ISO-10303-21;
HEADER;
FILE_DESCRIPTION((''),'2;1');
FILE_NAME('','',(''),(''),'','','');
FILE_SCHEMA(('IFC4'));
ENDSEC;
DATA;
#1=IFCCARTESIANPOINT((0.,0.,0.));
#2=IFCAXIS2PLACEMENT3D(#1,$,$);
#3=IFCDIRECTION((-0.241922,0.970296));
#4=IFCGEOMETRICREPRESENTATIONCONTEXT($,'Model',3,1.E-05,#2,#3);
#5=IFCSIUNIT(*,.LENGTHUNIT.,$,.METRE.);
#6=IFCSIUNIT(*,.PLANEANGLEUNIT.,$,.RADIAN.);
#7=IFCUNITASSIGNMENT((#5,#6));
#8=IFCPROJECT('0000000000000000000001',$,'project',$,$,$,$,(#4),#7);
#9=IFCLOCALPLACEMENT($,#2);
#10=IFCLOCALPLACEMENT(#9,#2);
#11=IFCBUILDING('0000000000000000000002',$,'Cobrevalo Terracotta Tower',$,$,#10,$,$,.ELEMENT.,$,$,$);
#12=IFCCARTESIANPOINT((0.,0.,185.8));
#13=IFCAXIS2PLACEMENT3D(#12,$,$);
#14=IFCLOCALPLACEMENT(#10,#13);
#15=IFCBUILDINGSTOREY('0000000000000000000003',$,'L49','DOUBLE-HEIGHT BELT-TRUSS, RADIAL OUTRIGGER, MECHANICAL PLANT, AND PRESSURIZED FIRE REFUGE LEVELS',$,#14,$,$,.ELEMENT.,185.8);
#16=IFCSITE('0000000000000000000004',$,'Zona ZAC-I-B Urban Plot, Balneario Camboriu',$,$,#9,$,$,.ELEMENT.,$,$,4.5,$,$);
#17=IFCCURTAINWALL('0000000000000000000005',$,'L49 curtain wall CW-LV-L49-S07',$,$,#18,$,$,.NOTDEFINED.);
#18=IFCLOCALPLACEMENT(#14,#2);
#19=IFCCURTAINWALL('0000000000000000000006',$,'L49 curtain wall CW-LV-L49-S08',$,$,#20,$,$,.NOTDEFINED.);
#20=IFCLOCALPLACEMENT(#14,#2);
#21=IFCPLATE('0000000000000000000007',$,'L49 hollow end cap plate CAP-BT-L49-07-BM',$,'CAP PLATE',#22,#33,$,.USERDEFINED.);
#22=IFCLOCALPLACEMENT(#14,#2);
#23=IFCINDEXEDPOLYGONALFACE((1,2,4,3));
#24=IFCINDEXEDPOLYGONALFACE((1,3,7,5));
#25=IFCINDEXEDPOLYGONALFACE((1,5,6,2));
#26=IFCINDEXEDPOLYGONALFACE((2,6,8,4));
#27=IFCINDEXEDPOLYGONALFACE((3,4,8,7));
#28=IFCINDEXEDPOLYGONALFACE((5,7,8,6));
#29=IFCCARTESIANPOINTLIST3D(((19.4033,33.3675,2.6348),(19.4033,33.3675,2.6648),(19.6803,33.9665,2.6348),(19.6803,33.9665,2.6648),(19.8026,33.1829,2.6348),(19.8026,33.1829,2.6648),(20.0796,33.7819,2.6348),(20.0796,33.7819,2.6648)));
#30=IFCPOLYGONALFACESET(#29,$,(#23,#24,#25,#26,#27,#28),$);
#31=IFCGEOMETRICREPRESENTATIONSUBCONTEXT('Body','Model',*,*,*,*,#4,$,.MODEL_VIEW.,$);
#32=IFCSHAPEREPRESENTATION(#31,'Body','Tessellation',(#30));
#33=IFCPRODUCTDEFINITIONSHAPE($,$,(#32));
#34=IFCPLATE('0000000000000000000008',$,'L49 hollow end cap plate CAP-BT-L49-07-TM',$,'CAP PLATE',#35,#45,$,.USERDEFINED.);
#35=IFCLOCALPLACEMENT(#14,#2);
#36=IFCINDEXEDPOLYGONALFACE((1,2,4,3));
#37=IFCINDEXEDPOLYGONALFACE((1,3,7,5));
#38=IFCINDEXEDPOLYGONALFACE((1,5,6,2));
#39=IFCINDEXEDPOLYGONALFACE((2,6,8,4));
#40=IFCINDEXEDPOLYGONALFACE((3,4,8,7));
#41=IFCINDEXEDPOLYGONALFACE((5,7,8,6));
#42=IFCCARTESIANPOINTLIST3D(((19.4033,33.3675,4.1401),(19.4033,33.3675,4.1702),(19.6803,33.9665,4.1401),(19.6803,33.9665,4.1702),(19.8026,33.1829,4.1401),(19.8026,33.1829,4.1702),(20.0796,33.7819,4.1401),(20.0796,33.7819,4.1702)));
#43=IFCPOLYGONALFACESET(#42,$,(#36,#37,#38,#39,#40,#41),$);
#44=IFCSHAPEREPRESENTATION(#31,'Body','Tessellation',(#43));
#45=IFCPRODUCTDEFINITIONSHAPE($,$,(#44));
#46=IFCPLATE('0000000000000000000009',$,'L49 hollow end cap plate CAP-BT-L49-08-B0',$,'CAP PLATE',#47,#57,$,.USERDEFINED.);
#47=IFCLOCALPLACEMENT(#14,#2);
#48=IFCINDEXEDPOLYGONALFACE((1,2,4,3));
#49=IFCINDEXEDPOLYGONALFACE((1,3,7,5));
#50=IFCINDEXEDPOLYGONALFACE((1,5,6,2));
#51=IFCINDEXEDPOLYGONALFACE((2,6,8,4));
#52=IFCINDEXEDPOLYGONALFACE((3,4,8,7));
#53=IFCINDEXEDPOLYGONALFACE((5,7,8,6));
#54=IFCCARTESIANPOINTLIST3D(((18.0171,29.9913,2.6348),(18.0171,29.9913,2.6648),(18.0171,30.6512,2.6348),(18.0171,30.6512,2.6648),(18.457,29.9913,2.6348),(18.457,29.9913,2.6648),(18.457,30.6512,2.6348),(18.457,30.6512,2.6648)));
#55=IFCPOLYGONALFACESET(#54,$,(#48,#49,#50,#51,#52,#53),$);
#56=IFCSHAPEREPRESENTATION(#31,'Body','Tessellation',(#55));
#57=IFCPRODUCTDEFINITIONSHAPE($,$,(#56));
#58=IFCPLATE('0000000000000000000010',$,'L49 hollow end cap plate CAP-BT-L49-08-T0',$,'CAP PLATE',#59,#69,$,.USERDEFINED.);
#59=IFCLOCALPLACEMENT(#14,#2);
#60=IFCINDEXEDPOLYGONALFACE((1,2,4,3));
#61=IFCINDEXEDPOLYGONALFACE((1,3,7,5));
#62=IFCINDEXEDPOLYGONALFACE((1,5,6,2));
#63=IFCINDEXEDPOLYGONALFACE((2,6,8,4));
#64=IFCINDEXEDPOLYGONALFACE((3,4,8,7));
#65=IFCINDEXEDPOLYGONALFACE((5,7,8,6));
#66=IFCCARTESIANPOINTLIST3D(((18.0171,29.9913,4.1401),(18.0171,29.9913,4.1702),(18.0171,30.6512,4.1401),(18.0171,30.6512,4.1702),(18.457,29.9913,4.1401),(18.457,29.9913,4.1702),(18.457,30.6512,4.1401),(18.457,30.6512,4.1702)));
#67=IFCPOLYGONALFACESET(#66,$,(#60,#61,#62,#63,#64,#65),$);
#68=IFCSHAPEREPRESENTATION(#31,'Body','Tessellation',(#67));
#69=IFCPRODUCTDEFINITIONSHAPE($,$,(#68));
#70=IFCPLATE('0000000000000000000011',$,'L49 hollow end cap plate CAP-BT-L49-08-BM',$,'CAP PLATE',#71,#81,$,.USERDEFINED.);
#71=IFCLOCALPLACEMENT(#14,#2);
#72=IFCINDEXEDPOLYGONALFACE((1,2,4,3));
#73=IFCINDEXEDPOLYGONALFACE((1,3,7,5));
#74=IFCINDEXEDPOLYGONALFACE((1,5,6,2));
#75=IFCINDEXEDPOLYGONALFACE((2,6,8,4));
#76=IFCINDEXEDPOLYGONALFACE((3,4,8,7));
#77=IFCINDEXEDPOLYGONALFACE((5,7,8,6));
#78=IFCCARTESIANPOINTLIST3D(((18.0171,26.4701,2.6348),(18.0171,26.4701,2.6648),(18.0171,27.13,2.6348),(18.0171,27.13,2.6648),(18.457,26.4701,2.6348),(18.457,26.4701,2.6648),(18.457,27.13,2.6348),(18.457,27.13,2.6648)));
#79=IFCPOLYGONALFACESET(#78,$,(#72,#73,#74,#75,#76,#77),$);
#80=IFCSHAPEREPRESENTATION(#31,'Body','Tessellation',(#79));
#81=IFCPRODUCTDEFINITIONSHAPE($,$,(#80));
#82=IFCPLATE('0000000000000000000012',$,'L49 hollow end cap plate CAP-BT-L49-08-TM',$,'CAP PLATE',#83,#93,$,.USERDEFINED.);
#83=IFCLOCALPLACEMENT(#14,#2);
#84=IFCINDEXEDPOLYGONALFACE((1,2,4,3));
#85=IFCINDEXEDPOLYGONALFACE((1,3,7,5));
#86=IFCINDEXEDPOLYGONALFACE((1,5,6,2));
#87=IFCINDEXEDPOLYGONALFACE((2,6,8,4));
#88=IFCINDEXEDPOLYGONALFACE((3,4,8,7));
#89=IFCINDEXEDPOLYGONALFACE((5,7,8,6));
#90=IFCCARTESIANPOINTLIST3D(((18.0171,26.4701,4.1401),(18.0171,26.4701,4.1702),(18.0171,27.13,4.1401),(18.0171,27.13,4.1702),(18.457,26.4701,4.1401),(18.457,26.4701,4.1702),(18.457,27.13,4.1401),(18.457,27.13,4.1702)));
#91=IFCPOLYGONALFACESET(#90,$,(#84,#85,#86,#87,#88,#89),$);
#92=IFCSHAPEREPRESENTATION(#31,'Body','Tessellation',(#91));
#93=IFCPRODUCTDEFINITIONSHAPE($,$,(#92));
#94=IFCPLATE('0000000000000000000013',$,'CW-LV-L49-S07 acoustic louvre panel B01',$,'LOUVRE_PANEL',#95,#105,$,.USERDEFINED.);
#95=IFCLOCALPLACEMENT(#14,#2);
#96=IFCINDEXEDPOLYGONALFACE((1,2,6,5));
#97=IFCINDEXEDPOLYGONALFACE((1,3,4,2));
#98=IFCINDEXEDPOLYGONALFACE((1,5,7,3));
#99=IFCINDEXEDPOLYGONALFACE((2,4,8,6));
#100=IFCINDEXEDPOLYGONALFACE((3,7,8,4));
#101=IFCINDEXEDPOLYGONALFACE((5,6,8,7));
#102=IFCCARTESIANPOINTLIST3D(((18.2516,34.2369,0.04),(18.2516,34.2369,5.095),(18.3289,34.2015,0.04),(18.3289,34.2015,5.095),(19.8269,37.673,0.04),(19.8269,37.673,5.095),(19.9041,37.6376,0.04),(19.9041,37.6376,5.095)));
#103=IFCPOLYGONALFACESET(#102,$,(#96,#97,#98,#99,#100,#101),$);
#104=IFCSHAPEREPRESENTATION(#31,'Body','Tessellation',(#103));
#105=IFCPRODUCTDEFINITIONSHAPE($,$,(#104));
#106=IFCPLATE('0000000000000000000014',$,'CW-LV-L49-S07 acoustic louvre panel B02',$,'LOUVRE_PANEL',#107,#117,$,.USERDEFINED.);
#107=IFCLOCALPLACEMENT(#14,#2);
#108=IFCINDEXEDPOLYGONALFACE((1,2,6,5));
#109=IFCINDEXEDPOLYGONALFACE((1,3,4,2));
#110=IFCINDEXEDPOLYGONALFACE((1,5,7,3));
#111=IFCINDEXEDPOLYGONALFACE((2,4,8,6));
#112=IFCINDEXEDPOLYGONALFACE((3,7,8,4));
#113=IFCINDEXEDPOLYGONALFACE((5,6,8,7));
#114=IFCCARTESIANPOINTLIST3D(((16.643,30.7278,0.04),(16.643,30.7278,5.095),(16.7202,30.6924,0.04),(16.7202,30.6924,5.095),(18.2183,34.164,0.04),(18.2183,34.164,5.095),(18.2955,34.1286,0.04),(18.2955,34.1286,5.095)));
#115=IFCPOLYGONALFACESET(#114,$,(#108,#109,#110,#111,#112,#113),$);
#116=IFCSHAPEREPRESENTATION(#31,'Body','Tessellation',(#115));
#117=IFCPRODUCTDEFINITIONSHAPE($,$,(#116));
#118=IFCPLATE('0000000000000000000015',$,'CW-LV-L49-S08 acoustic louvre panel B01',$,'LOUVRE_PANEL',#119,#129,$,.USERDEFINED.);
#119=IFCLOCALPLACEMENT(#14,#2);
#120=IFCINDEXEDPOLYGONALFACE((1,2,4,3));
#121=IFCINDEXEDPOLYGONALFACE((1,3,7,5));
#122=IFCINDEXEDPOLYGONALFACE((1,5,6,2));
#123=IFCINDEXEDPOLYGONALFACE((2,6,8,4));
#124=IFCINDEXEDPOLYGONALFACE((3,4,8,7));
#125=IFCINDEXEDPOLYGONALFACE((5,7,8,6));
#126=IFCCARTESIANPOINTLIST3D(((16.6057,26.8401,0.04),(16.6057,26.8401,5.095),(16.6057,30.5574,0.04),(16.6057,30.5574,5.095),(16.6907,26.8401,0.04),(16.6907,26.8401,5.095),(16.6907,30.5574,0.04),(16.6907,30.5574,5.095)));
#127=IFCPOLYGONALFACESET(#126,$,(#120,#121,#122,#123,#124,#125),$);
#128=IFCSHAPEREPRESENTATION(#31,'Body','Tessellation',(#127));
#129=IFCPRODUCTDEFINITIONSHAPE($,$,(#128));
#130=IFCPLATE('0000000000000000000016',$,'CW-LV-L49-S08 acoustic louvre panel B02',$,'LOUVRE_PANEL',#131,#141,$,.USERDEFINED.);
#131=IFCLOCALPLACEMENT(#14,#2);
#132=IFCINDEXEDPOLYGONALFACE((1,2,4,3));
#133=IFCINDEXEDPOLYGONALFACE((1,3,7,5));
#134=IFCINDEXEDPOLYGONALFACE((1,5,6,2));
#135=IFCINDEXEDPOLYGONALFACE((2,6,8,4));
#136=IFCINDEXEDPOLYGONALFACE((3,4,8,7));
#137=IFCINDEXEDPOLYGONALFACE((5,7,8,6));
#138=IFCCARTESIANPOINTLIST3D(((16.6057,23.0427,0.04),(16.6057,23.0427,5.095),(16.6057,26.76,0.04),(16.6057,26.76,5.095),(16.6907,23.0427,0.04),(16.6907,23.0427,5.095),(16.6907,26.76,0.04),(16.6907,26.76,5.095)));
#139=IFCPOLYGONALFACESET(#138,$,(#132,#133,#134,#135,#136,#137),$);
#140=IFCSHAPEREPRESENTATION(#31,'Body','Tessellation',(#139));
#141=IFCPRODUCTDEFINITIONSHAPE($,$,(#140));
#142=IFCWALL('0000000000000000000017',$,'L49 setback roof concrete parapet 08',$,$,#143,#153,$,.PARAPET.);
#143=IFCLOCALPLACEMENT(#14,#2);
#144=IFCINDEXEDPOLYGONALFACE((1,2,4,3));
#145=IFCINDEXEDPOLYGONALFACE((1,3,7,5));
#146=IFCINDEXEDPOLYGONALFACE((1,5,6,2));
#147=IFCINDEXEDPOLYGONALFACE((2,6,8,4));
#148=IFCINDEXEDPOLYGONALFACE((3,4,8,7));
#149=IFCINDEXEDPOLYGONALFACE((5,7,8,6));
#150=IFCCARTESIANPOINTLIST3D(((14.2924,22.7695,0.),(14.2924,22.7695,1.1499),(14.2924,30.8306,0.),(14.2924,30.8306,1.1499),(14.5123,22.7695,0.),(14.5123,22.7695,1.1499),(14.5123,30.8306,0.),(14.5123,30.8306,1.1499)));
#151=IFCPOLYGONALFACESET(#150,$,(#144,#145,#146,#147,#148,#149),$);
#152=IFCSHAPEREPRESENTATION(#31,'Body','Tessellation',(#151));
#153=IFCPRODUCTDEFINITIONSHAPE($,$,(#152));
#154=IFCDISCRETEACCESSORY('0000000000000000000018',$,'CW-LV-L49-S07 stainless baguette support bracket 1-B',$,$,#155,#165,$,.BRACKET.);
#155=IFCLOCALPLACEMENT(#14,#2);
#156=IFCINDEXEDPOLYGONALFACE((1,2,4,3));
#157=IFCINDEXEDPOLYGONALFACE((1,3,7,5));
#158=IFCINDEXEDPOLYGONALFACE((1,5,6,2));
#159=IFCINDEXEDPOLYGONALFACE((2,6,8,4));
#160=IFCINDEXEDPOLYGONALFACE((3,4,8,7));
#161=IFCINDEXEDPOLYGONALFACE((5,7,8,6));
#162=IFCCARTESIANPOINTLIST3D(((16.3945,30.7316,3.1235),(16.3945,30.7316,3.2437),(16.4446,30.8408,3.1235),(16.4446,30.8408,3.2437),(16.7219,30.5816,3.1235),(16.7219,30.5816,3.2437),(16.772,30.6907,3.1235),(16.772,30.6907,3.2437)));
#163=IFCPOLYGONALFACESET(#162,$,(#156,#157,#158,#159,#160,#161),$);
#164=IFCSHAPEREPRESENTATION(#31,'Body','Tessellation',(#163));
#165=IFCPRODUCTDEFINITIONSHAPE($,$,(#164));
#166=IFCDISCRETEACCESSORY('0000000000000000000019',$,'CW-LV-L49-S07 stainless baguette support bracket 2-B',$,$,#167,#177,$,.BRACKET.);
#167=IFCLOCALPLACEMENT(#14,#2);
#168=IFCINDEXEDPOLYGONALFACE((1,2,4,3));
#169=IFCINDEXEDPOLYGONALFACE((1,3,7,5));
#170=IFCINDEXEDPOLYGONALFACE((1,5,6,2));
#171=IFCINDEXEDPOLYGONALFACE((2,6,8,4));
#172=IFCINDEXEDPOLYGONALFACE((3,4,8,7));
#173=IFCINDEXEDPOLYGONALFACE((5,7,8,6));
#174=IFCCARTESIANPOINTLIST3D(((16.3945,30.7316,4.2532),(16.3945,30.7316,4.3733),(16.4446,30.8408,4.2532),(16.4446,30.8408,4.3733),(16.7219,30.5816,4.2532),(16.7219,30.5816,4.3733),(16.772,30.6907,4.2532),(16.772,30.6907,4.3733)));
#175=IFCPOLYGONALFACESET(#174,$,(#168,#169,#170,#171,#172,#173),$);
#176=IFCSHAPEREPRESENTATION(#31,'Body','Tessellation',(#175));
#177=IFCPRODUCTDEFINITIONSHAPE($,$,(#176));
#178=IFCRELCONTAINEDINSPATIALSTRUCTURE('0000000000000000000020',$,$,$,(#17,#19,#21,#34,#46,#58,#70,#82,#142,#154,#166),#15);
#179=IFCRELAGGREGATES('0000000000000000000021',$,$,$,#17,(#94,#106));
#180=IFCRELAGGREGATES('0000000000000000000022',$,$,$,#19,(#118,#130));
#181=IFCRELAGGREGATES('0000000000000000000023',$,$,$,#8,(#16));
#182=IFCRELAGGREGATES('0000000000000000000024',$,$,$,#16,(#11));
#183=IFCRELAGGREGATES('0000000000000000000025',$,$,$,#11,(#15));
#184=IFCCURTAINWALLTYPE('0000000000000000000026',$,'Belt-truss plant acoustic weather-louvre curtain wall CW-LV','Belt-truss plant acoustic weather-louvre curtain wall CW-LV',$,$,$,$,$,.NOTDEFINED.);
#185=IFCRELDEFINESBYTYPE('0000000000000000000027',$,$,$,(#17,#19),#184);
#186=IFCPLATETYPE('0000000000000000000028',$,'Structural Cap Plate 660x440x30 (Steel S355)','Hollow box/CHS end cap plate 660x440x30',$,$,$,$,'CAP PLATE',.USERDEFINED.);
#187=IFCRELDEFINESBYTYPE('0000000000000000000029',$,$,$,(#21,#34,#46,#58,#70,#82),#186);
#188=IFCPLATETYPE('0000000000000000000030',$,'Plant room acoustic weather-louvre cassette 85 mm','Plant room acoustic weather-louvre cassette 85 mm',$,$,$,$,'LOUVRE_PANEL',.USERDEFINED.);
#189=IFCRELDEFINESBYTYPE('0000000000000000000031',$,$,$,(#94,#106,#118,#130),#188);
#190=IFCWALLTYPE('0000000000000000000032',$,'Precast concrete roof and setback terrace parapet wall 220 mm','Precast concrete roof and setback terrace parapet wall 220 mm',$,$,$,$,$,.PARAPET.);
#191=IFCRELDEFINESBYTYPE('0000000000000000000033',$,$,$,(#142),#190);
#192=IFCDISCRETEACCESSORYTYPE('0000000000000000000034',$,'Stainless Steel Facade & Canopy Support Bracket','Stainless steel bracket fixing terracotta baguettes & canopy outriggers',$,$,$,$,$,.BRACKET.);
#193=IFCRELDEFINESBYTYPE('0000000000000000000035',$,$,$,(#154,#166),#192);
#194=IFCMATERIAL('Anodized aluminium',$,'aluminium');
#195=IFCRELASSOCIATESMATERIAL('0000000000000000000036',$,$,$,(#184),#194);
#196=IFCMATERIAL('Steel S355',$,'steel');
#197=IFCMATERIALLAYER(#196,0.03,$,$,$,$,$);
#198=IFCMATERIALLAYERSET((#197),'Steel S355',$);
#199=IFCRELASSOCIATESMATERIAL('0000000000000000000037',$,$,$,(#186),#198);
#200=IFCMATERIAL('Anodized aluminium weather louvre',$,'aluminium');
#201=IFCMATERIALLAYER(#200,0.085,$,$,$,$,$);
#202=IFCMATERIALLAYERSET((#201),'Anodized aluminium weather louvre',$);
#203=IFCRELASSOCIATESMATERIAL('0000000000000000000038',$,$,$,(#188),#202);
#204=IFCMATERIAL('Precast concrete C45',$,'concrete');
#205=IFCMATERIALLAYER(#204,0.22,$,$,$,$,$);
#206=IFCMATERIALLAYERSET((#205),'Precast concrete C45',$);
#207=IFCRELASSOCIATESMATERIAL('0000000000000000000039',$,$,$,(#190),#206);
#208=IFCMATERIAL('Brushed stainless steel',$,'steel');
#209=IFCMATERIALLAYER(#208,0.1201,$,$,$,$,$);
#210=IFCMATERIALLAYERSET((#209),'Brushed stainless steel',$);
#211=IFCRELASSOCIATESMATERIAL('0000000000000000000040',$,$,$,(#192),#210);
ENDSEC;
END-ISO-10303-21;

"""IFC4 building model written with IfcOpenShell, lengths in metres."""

from ifc_helpers import new_model, si_unit, direction, frame, frame_2d, origin, origin_2d, place, context, subcontext, project, spatial, rectangle, extrude, source, transform, mapped, material, layer, layer_set, type_object, element, aggregate, save


model = new_model("IFC4")

# Units and contexts
model_context = context("Model", 3, precision=1e-05, world=origin(), true_north=direction((-0.241922, 0.970296)))
body_context = subcontext(model_context, "Body", "Model", "MODEL_VIEW")
ifc_project = project(units=[si_unit("LENGTHUNIT", "METRE"), si_unit("PLANEANGLEUNIT", "RADIAN")], contexts=[model_context])

# Site, building, storey
site_placement = place(None, origin())
site = spatial("IfcSite", under=ifc_project, at=site_placement, Name="Zona ZAC-I-B Urban Plot, Balneario Camboriu", CompositionType="ELEMENT", RefElevation=4.5)
building_placement = place(site_placement, origin())
building = spatial("IfcBuilding", under=site, at=building_placement, Name="Cobrevalo Terracotta Tower", CompositionType="ELEMENT")
storey_placement = place(building_placement, frame((0.0, 0.0, 185.8)))
storey = spatial("IfcBuildingStorey", under=building, at=storey_placement, Name="L49", Description="DOUBLE-HEIGHT BELT-TRUSS, RADIAL OUTRIGGER, MECHANICAL PLANT, AND PRESSURIZED FIRE REFUGE LEVELS", CompositionType="ELEMENT", Elevation=185.8)

# Shared definitions
ifc_material_1 = material(Name="Steel S355", Category="steel")

# Curtain walls
ifc_material_2 = material(Name="Anodized aluminium", Category="aluminium")
curtain_wall_type = type_object("IfcCurtainWallType", Name="Belt-truss plant acoustic weather-louvre curtain wall CW-LV", Description="Belt-truss plant acoustic weather-louvre curtain wall CW-LV", PredefinedType="NOTDEFINED", material=ifc_material_2)
curtain_wall_1_placement = place(storey_placement, origin())
curtain_wall_1 = element("IfcCurtainWall", 1, at=curtain_wall_1_placement, inside=storey, type_object=curtain_wall_type, Name="L49 curtain wall CW-LV-L49-S07", PredefinedType="NOTDEFINED")
curtain_wall_2_placement = place(storey_placement, origin())
curtain_wall_2 = element("IfcCurtainWall", 2, at=curtain_wall_2_placement, inside=storey, type_object=curtain_wall_type, Name="L49 curtain wall CW-LV-L49-S08", PredefinedType="NOTDEFINED")

# Plates
ifc_layer_1 = layer(ifc_material_1, 0.03)
ifc_layer_set_1 = layer_set([ifc_layer_1], Name="Steel S355")
plate_type_1 = type_object("IfcPlateType", Name="Structural Cap Plate 660x440x30 (Steel S355)", Description="Hollow box/CHS end cap plate 660x440x30", ElementType="CAP PLATE", PredefinedType="USERDEFINED", material=ifc_layer_set_1)
shared_shape_1 = source(origin(), body_context, "Body", "SweptSolid", [
    extrude(rectangle(XDim=0.6599, YDim=0.4399, at=origin_2d()), origin(), (0.0, 0.0, 1.0), 0.03),
])
for number, where, z_axis, x_axis, name in (
    (3, (19.7415, 33.5747, 2.6348), (0.0, 0.0, 1.0), (-0.419706, -0.90766, 0.0), "L49 hollow end cap plate CAP-BT-L49-07-BM"),
    (4, (19.7415, 33.5747, 4.1401), (0.0, 0.0, 1.0), (-0.419706, -0.90766, 0.0), "L49 hollow end cap plate CAP-BT-L49-07-TM"),
    (5, (18.2371, 30.3213, 2.6348), (0.0, 0.0, 1.0), (0.0, -1.0, 0.0), "L49 hollow end cap plate CAP-BT-L49-08-B0"),
    (6, (18.2371, 30.3213, 4.1401), (0.0, 0.0, 1.0), (0.0, -1.0, 0.0), "L49 hollow end cap plate CAP-BT-L49-08-T0"),
    (7, (18.2371, 26.8, 2.6348), (0.0, 0.0, 1.0), (0.0, -1.0, 0.0), "L49 hollow end cap plate CAP-BT-L49-08-BM"),
    (8, (18.2371, 26.8, 4.1401), (0.0, 0.0, 1.0), (0.0, -1.0, 0.0), "L49 hollow end cap plate CAP-BT-L49-08-TM"),
):
    element("IfcPlate", number, at=place(storey_placement, frame(where, z_axis=z_axis, x_axis=x_axis)), inside=storey, type_object=plate_type_1, Name=name, ObjectType="CAP PLATE", PredefinedType="USERDEFINED", context=body_context, shape_type="MappedRepresentation", body=[
        mapped(shared_shape_1, transform((0.0, 0.0, 0.0), scale=1.0)),
    ])

# Plates
ifc_material_3 = material(Name="Anodized aluminium weather louvre", Category="aluminium")
ifc_layer_2 = layer(ifc_material_3, 0.085)
ifc_layer_set_2 = layer_set([ifc_layer_2], Name="Anodized aluminium weather louvre")
plate_type_2 = type_object("IfcPlateType", Name="Plant room acoustic weather-louvre cassette 85 mm", Description="Plant room acoustic weather-louvre cassette 85 mm", ElementType="LOUVRE_PANEL", PredefinedType="USERDEFINED", material=ifc_layer_set_2)
shared_shape_2 = source(origin(), body_context, "Body", "SweptSolid", [
    extrude(rectangle(XDim=3.78, YDim=0.085, at=origin_2d()), origin(), (0.0, 0.0, 1.0), 5.0549),
])
plate_1_placement = place(storey_placement, frame((19.0779, 35.9373, 0.04), z_axis=(0.0, 0.0, 1.0), x_axis=(-0.416731, -0.90903, 0.0)))
plate_1 = element("IfcPlate", 9, at=plate_1_placement, type_object=plate_type_2, Name="CW-LV-L49-S07 acoustic louvre panel B01", ObjectType="LOUVRE_PANEL", PredefinedType="USERDEFINED", context=body_context, shape_type="MappedRepresentation", body=[
    mapped(shared_shape_2, transform((0.0, 0.0, 0.0), scale=1.0)),
])
plate_2_placement = place(storey_placement, frame((17.4692, 32.4282, 0.04), z_axis=(0.0, 0.0, 1.0), x_axis=(-0.416731, -0.90903, 0.0)))
plate_2 = element("IfcPlate", 10, at=plate_2_placement, type_object=plate_type_2, Name="CW-LV-L49-S07 acoustic louvre panel B02", ObjectType="LOUVRE_PANEL", PredefinedType="USERDEFINED", context=body_context, shape_type="MappedRepresentation", body=[
    mapped(shared_shape_2, transform((0.0, 0.0, 0.0), scale=1.0)),
])
aggregate(curtain_wall_1, [plate_1, plate_2])
shared_shape_3 = source(origin(), body_context, "Body", "SweptSolid", [
    extrude(rectangle(XDim=3.7173, YDim=0.085, at=origin_2d()), origin(), (0.0, 0.0, 1.0), 5.0549),
])
plate_3_placement = place(storey_placement, frame((16.6482, 28.6987, 0.04), z_axis=(0.0, 0.0, 1.0), x_axis=(0.0, -1.0, 0.0)))
plate_3 = element("IfcPlate", 11, at=plate_3_placement, type_object=plate_type_2, Name="CW-LV-L49-S08 acoustic louvre panel B01", ObjectType="LOUVRE_PANEL", PredefinedType="USERDEFINED", context=body_context, shape_type="MappedRepresentation", body=[
    mapped(shared_shape_3, transform((0.0, 0.0, 0.0), scale=1.0)),
])
plate_4_placement = place(storey_placement, frame((16.6482, 24.9014, 0.04), z_axis=(0.0, 0.0, 1.0), x_axis=(0.0, -1.0, 0.0)))
plate_4 = element("IfcPlate", 12, at=plate_4_placement, type_object=plate_type_2, Name="CW-LV-L49-S08 acoustic louvre panel B02", ObjectType="LOUVRE_PANEL", PredefinedType="USERDEFINED", context=body_context, shape_type="MappedRepresentation", body=[
    mapped(shared_shape_3, transform((0.0, 0.0, 0.0), scale=1.0)),
])
aggregate(curtain_wall_2, [plate_3, plate_4])

# Wall
ifc_material_4 = material(Name="Precast concrete C45", Category="concrete")
ifc_layer_3 = layer(ifc_material_4, 0.22)
ifc_layer_set_3 = layer_set([ifc_layer_3], Name="Precast concrete C45")
wall_type = type_object("IfcWallType", Name="Precast concrete roof and setback terrace parapet wall 220 mm", Description="Precast concrete roof and setback terrace parapet wall 220 mm", PredefinedType="PARAPET", material=ifc_layer_set_3)
wall_placement = place(storey_placement, frame((14.4023, 30.8306, 0.0), z_axis=(0.0, 0.0, 1.0), x_axis=(0.0, -1.0, 0.0)))
element("IfcWall", 13, at=wall_placement, inside=storey, type_object=wall_type, Name="L49 setback roof concrete parapet 08", PredefinedType="PARAPET", context=body_context, shape_type="SweptSolid", body=[
    extrude(rectangle(XDim=8.061, YDim=0.22, at=frame_2d((4.0305, 0.0))), origin(), (0.0, 0.0, 1.0), 1.1499),
])

# Discrete accessories
ifc_material_5 = material(Name="Brushed stainless steel", Category="steel")
ifc_layer_4 = layer(ifc_material_5, 0.1201)
ifc_layer_set_4 = layer_set([ifc_layer_4], Name="Brushed stainless steel")
discrete_accessory_type = type_object("IfcDiscreteAccessoryType", Name="Stainless Steel Facade & Canopy Support Bracket", Description="Stainless steel bracket fixing terracotta baguettes & canopy outriggers", PredefinedType="BRACKET", material=ifc_layer_set_4)
shared_shape_4 = source(origin(), body_context, "Body", "SweptSolid", [
    extrude(rectangle(XDim=0.1201, YDim=0.3601, at=origin_2d()), origin(), (0.0, 0.0, 1.0), 0.1201),
])
for number, where, z_axis, x_axis, name in (
    (14, (16.5833, 30.7112, 3.1235), (0.0, 0.0, 1.0), (-0.416731, -0.90903, 0.0), "CW-LV-L49-S07 stainless baguette support bracket 1-B"),
    (15, (16.5833, 30.7112, 4.2532), (0.0, 0.0, 1.0), (-0.416731, -0.90903, 0.0), "CW-LV-L49-S07 stainless baguette support bracket 2-B"),
):
    element("IfcDiscreteAccessory", number, at=place(storey_placement, frame(where, z_axis=z_axis, x_axis=x_axis)), inside=storey, type_object=discrete_accessory_type, Name=name, PredefinedType="BRACKET", context=body_context, shape_type="MappedRepresentation", body=[
        mapped(shared_shape_4, transform((0.0, 0.0, 0.0), scale=1.0)),
    ])

save(model, "model.ifc")
